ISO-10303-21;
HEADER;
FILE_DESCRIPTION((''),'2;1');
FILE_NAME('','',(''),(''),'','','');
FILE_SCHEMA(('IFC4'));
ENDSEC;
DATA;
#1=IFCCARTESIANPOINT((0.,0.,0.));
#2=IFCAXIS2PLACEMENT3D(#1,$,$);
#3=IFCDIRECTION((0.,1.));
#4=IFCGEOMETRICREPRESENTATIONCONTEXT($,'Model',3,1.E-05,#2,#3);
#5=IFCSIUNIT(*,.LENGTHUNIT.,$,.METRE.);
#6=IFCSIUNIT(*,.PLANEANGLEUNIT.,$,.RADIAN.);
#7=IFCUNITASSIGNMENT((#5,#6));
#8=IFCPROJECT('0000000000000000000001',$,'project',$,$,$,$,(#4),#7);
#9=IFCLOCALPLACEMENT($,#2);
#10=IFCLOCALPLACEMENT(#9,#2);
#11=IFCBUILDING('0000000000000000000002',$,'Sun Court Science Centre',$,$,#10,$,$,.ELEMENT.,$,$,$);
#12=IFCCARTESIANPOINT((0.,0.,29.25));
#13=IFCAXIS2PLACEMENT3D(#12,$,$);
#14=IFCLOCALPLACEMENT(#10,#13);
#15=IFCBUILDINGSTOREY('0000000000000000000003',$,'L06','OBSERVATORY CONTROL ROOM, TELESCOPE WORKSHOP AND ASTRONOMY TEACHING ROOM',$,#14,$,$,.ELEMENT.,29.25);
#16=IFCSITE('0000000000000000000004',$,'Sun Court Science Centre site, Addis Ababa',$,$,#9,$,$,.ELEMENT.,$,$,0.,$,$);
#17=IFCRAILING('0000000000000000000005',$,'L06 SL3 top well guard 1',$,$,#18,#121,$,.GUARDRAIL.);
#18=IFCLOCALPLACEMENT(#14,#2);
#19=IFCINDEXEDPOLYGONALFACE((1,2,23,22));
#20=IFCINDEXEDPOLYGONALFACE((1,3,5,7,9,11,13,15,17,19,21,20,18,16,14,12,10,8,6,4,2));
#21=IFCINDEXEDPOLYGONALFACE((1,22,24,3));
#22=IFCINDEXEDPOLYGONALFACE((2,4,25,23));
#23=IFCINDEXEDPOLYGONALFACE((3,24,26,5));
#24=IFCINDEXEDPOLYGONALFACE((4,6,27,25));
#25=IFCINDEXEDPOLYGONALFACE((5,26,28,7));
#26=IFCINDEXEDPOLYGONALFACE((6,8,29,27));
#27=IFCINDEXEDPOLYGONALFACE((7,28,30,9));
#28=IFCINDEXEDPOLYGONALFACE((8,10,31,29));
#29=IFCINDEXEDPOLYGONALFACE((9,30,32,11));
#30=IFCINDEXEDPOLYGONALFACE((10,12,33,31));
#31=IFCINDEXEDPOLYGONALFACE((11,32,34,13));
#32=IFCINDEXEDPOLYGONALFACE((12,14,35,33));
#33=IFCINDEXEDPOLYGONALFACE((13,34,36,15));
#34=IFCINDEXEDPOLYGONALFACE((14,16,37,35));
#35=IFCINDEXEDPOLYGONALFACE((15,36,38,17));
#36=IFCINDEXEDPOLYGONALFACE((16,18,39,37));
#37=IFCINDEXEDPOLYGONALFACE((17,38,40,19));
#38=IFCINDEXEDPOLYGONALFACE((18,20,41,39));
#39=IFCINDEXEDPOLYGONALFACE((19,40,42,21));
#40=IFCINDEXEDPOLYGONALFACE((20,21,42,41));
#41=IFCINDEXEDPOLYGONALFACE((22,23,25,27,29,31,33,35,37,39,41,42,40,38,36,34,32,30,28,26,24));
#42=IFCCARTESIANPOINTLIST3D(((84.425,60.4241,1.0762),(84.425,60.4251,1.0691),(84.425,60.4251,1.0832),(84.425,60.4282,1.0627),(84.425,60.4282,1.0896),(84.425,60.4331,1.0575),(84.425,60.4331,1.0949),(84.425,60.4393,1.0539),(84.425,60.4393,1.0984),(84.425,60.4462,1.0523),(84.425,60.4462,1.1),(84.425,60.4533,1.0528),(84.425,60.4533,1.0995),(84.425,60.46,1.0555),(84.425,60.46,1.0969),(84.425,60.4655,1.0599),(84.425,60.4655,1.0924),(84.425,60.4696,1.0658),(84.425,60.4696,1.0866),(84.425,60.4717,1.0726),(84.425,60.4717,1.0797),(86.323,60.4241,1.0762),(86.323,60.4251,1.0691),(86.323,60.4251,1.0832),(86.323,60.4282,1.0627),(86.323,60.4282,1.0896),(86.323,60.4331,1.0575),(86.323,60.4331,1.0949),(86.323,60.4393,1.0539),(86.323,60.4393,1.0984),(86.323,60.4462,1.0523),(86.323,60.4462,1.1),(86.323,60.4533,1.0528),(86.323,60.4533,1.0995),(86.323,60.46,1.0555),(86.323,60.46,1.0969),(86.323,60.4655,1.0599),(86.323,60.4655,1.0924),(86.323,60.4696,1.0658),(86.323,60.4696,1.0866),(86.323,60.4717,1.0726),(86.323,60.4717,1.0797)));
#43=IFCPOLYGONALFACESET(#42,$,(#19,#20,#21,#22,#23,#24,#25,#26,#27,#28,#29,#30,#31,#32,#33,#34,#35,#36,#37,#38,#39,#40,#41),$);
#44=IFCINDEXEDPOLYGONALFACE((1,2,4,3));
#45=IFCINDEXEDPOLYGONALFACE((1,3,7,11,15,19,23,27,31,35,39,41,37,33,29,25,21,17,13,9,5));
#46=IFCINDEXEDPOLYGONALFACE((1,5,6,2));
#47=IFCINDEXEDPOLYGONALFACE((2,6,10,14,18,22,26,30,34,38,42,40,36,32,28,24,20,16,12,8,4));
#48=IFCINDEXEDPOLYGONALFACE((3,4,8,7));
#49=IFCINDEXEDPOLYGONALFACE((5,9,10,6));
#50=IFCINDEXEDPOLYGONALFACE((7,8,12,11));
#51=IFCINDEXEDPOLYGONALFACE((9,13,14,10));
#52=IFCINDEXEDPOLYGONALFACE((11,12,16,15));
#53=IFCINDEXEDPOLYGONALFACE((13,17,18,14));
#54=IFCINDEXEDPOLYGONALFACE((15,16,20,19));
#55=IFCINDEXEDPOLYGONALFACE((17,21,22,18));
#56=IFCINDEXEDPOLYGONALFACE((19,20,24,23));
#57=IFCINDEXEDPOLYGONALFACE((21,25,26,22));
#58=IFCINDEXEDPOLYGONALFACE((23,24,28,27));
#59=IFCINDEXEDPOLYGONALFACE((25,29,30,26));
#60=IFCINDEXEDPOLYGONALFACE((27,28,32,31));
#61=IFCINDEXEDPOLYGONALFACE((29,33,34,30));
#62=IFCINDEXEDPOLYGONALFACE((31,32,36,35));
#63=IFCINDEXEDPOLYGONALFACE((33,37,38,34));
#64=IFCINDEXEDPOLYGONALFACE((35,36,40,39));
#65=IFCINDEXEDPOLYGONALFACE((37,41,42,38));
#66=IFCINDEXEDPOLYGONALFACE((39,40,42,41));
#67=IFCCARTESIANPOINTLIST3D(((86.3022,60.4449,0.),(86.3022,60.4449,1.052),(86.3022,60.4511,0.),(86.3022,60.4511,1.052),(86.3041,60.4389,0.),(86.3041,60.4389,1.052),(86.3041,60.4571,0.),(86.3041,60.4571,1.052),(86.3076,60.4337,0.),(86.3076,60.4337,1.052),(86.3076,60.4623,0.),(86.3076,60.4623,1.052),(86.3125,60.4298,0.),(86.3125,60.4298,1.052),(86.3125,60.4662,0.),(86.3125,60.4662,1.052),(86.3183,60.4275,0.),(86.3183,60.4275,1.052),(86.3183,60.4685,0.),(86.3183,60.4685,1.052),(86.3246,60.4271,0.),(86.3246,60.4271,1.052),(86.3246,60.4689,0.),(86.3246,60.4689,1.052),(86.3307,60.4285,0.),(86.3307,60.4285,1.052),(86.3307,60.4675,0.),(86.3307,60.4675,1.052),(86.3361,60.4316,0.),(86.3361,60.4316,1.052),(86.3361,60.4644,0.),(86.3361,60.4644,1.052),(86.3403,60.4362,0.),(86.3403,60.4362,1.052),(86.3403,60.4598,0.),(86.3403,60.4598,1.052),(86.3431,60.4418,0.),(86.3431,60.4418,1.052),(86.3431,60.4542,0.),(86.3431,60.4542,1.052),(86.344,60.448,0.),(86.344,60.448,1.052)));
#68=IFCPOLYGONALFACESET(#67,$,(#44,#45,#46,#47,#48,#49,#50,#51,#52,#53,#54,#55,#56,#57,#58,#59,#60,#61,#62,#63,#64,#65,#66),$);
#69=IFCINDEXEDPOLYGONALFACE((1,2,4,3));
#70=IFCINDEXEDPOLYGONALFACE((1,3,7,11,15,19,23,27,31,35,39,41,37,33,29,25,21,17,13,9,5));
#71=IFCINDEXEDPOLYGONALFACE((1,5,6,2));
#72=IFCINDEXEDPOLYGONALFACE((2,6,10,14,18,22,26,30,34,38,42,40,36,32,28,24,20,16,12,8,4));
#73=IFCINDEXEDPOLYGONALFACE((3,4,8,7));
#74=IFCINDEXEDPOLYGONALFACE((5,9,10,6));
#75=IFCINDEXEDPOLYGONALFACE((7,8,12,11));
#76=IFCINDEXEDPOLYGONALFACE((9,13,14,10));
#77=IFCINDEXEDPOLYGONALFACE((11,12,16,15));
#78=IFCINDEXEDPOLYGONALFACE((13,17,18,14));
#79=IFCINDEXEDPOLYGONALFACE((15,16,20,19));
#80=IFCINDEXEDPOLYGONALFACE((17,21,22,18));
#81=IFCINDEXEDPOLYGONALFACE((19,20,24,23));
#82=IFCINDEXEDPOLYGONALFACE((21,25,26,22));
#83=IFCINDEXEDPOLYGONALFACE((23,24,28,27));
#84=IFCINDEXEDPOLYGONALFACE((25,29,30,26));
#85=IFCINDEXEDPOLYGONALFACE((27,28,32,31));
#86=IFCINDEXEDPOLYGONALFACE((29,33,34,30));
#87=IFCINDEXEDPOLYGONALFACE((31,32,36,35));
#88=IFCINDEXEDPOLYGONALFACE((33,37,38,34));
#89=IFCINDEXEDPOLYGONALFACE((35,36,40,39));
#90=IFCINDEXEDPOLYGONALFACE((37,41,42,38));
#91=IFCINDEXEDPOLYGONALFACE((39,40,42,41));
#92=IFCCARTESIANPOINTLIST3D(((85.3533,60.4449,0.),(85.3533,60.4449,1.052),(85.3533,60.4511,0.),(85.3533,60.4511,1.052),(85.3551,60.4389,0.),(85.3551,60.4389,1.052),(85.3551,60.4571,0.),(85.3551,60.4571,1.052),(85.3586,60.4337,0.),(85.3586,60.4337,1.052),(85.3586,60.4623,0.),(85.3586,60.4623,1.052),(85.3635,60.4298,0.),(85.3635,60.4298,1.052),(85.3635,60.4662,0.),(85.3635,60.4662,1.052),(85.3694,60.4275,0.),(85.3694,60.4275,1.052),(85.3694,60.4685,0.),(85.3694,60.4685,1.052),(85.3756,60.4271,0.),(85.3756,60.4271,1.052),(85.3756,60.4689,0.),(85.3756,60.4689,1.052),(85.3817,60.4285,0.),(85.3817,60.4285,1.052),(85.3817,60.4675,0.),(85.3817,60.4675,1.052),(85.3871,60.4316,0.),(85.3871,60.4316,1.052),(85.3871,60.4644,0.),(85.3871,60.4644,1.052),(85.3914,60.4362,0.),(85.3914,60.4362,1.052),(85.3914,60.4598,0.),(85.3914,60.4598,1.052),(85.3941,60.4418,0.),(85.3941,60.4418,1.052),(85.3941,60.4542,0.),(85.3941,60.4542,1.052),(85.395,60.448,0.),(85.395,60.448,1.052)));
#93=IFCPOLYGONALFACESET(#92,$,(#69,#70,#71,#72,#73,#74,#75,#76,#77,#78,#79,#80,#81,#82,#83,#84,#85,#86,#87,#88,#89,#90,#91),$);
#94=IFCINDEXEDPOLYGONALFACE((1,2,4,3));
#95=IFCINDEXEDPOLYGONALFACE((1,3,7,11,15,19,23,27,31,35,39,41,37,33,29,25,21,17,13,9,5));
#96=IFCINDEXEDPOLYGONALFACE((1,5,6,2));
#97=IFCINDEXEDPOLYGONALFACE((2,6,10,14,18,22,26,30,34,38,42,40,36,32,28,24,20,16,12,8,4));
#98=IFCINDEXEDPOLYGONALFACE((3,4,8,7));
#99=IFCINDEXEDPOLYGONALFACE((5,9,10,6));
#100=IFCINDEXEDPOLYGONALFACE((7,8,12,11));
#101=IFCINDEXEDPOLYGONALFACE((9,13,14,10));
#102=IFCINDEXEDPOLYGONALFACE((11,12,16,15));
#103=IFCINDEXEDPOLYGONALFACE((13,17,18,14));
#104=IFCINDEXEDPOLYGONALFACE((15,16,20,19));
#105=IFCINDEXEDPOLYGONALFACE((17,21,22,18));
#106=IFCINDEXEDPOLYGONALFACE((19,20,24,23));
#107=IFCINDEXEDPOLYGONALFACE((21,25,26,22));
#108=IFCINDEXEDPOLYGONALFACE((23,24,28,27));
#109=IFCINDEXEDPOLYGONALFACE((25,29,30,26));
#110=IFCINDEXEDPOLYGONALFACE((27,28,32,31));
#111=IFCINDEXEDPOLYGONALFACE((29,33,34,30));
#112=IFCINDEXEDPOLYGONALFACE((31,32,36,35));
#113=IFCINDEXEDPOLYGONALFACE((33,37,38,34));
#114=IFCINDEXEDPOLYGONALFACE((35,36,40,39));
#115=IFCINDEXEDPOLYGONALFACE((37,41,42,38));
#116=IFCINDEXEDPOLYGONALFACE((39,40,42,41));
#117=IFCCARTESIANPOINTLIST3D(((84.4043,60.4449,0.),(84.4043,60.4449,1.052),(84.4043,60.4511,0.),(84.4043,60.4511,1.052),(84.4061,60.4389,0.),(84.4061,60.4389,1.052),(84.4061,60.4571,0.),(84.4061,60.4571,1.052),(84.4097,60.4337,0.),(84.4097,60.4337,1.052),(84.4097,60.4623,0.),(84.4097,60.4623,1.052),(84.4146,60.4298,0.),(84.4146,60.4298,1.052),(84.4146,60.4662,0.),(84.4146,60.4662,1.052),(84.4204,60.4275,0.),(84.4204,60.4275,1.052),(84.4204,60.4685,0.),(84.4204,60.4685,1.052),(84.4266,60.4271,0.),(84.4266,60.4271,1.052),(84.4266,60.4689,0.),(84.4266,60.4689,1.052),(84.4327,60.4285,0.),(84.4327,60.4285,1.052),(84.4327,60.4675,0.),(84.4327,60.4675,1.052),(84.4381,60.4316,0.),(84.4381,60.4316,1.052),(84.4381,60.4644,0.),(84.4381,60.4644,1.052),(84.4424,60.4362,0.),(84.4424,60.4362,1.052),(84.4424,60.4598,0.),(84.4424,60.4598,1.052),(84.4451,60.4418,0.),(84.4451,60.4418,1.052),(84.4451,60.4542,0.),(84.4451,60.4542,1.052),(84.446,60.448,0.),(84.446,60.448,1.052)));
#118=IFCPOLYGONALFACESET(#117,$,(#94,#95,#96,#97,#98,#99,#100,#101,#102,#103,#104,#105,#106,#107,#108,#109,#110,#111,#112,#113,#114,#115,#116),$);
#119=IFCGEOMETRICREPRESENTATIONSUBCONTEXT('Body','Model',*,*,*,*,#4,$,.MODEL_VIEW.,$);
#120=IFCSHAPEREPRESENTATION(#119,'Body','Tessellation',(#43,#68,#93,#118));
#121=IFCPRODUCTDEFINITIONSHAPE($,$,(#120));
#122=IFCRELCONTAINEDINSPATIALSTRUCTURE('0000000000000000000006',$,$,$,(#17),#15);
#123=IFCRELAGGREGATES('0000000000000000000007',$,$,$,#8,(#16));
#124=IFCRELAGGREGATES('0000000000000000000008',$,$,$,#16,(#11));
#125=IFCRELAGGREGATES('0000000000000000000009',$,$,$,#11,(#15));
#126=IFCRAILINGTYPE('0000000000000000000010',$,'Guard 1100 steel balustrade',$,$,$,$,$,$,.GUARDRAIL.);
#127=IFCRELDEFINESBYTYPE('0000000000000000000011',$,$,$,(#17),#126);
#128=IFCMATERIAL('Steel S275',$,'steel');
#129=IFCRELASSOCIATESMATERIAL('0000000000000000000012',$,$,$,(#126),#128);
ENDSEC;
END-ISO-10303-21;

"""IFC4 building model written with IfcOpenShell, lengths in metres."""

from ifc_helpers import new_model, si_unit, direction, frame, origin, origin_2d, place, context, subcontext, project, spatial, circle, extrude, material, type_object, element, save


model = new_model("IFC4")

# Units and contexts
model_context = context("Model", 3, precision=1e-05, world=origin(), true_north=direction((0.0, 1.0)))
body_context = subcontext(model_context, "Body", "Model", "MODEL_VIEW")
ifc_project = project(units=[si_unit("LENGTHUNIT", "METRE"), si_unit("PLANEANGLEUNIT", "RADIAN")], contexts=[model_context])

# Site, building, storey
site_placement = place(None, origin())
site = spatial("IfcSite", under=ifc_project, at=site_placement, Name="Sun Court Science Centre site, Addis Ababa", CompositionType="ELEMENT", RefElevation=0.0)
building_placement = place(site_placement, origin())
building = spatial("IfcBuilding", under=site, at=building_placement, Name="Sun Court Science Centre", CompositionType="ELEMENT")
storey_placement = place(building_placement, frame((0.0, 0.0, 29.25)))
storey = spatial("IfcBuildingStorey", under=building, at=storey_placement, Name="L06", Description="OBSERVATORY CONTROL ROOM, TELESCOPE WORKSHOP AND ASTRONOMY TEACHING ROOM", CompositionType="ELEMENT", Elevation=29.25)

# Railing
ifc_material_1 = material(Name="Steel S275", Category="steel")
railing_type = type_object("IfcRailingType", Name="Guard 1100 steel balustrade", PredefinedType="GUARDRAIL", material=ifc_material_1)
railing_placement = place(storey_placement, frame((86.323, 60.448, 0.0)))
element("IfcRailing", 1, at=railing_placement, inside=storey, type_object=railing_type, Name="L06 SL3 top well guard 1", PredefinedType="GUARDRAIL", context=body_context, shape_type="SweptSolid", body=[
    extrude(circle(Radius=0.0239, at=origin_2d()), frame((0.0, 0.0, 1.0762), z_axis=(-1.0, 0.0, 0.0), x_axis=(0.0, -1.0, 0.0)), (0.0, 0.0, 1.0), 1.8979),
    extrude(circle(Radius=0.021, at=origin_2d()), origin(), (0.0, 0.0, 1.0), 1.052),
    extrude(circle(Radius=0.021, at=origin_2d()), frame((-0.949, 0.0, 0.0)), (0.0, 0.0, 1.0), 1.052),
    extrude(circle(Radius=0.021, at=origin_2d()), frame((-1.8979, 0.0, 0.0)), (0.0, 0.0, 1.0), 1.052),
])

save(model, "model.ifc")
